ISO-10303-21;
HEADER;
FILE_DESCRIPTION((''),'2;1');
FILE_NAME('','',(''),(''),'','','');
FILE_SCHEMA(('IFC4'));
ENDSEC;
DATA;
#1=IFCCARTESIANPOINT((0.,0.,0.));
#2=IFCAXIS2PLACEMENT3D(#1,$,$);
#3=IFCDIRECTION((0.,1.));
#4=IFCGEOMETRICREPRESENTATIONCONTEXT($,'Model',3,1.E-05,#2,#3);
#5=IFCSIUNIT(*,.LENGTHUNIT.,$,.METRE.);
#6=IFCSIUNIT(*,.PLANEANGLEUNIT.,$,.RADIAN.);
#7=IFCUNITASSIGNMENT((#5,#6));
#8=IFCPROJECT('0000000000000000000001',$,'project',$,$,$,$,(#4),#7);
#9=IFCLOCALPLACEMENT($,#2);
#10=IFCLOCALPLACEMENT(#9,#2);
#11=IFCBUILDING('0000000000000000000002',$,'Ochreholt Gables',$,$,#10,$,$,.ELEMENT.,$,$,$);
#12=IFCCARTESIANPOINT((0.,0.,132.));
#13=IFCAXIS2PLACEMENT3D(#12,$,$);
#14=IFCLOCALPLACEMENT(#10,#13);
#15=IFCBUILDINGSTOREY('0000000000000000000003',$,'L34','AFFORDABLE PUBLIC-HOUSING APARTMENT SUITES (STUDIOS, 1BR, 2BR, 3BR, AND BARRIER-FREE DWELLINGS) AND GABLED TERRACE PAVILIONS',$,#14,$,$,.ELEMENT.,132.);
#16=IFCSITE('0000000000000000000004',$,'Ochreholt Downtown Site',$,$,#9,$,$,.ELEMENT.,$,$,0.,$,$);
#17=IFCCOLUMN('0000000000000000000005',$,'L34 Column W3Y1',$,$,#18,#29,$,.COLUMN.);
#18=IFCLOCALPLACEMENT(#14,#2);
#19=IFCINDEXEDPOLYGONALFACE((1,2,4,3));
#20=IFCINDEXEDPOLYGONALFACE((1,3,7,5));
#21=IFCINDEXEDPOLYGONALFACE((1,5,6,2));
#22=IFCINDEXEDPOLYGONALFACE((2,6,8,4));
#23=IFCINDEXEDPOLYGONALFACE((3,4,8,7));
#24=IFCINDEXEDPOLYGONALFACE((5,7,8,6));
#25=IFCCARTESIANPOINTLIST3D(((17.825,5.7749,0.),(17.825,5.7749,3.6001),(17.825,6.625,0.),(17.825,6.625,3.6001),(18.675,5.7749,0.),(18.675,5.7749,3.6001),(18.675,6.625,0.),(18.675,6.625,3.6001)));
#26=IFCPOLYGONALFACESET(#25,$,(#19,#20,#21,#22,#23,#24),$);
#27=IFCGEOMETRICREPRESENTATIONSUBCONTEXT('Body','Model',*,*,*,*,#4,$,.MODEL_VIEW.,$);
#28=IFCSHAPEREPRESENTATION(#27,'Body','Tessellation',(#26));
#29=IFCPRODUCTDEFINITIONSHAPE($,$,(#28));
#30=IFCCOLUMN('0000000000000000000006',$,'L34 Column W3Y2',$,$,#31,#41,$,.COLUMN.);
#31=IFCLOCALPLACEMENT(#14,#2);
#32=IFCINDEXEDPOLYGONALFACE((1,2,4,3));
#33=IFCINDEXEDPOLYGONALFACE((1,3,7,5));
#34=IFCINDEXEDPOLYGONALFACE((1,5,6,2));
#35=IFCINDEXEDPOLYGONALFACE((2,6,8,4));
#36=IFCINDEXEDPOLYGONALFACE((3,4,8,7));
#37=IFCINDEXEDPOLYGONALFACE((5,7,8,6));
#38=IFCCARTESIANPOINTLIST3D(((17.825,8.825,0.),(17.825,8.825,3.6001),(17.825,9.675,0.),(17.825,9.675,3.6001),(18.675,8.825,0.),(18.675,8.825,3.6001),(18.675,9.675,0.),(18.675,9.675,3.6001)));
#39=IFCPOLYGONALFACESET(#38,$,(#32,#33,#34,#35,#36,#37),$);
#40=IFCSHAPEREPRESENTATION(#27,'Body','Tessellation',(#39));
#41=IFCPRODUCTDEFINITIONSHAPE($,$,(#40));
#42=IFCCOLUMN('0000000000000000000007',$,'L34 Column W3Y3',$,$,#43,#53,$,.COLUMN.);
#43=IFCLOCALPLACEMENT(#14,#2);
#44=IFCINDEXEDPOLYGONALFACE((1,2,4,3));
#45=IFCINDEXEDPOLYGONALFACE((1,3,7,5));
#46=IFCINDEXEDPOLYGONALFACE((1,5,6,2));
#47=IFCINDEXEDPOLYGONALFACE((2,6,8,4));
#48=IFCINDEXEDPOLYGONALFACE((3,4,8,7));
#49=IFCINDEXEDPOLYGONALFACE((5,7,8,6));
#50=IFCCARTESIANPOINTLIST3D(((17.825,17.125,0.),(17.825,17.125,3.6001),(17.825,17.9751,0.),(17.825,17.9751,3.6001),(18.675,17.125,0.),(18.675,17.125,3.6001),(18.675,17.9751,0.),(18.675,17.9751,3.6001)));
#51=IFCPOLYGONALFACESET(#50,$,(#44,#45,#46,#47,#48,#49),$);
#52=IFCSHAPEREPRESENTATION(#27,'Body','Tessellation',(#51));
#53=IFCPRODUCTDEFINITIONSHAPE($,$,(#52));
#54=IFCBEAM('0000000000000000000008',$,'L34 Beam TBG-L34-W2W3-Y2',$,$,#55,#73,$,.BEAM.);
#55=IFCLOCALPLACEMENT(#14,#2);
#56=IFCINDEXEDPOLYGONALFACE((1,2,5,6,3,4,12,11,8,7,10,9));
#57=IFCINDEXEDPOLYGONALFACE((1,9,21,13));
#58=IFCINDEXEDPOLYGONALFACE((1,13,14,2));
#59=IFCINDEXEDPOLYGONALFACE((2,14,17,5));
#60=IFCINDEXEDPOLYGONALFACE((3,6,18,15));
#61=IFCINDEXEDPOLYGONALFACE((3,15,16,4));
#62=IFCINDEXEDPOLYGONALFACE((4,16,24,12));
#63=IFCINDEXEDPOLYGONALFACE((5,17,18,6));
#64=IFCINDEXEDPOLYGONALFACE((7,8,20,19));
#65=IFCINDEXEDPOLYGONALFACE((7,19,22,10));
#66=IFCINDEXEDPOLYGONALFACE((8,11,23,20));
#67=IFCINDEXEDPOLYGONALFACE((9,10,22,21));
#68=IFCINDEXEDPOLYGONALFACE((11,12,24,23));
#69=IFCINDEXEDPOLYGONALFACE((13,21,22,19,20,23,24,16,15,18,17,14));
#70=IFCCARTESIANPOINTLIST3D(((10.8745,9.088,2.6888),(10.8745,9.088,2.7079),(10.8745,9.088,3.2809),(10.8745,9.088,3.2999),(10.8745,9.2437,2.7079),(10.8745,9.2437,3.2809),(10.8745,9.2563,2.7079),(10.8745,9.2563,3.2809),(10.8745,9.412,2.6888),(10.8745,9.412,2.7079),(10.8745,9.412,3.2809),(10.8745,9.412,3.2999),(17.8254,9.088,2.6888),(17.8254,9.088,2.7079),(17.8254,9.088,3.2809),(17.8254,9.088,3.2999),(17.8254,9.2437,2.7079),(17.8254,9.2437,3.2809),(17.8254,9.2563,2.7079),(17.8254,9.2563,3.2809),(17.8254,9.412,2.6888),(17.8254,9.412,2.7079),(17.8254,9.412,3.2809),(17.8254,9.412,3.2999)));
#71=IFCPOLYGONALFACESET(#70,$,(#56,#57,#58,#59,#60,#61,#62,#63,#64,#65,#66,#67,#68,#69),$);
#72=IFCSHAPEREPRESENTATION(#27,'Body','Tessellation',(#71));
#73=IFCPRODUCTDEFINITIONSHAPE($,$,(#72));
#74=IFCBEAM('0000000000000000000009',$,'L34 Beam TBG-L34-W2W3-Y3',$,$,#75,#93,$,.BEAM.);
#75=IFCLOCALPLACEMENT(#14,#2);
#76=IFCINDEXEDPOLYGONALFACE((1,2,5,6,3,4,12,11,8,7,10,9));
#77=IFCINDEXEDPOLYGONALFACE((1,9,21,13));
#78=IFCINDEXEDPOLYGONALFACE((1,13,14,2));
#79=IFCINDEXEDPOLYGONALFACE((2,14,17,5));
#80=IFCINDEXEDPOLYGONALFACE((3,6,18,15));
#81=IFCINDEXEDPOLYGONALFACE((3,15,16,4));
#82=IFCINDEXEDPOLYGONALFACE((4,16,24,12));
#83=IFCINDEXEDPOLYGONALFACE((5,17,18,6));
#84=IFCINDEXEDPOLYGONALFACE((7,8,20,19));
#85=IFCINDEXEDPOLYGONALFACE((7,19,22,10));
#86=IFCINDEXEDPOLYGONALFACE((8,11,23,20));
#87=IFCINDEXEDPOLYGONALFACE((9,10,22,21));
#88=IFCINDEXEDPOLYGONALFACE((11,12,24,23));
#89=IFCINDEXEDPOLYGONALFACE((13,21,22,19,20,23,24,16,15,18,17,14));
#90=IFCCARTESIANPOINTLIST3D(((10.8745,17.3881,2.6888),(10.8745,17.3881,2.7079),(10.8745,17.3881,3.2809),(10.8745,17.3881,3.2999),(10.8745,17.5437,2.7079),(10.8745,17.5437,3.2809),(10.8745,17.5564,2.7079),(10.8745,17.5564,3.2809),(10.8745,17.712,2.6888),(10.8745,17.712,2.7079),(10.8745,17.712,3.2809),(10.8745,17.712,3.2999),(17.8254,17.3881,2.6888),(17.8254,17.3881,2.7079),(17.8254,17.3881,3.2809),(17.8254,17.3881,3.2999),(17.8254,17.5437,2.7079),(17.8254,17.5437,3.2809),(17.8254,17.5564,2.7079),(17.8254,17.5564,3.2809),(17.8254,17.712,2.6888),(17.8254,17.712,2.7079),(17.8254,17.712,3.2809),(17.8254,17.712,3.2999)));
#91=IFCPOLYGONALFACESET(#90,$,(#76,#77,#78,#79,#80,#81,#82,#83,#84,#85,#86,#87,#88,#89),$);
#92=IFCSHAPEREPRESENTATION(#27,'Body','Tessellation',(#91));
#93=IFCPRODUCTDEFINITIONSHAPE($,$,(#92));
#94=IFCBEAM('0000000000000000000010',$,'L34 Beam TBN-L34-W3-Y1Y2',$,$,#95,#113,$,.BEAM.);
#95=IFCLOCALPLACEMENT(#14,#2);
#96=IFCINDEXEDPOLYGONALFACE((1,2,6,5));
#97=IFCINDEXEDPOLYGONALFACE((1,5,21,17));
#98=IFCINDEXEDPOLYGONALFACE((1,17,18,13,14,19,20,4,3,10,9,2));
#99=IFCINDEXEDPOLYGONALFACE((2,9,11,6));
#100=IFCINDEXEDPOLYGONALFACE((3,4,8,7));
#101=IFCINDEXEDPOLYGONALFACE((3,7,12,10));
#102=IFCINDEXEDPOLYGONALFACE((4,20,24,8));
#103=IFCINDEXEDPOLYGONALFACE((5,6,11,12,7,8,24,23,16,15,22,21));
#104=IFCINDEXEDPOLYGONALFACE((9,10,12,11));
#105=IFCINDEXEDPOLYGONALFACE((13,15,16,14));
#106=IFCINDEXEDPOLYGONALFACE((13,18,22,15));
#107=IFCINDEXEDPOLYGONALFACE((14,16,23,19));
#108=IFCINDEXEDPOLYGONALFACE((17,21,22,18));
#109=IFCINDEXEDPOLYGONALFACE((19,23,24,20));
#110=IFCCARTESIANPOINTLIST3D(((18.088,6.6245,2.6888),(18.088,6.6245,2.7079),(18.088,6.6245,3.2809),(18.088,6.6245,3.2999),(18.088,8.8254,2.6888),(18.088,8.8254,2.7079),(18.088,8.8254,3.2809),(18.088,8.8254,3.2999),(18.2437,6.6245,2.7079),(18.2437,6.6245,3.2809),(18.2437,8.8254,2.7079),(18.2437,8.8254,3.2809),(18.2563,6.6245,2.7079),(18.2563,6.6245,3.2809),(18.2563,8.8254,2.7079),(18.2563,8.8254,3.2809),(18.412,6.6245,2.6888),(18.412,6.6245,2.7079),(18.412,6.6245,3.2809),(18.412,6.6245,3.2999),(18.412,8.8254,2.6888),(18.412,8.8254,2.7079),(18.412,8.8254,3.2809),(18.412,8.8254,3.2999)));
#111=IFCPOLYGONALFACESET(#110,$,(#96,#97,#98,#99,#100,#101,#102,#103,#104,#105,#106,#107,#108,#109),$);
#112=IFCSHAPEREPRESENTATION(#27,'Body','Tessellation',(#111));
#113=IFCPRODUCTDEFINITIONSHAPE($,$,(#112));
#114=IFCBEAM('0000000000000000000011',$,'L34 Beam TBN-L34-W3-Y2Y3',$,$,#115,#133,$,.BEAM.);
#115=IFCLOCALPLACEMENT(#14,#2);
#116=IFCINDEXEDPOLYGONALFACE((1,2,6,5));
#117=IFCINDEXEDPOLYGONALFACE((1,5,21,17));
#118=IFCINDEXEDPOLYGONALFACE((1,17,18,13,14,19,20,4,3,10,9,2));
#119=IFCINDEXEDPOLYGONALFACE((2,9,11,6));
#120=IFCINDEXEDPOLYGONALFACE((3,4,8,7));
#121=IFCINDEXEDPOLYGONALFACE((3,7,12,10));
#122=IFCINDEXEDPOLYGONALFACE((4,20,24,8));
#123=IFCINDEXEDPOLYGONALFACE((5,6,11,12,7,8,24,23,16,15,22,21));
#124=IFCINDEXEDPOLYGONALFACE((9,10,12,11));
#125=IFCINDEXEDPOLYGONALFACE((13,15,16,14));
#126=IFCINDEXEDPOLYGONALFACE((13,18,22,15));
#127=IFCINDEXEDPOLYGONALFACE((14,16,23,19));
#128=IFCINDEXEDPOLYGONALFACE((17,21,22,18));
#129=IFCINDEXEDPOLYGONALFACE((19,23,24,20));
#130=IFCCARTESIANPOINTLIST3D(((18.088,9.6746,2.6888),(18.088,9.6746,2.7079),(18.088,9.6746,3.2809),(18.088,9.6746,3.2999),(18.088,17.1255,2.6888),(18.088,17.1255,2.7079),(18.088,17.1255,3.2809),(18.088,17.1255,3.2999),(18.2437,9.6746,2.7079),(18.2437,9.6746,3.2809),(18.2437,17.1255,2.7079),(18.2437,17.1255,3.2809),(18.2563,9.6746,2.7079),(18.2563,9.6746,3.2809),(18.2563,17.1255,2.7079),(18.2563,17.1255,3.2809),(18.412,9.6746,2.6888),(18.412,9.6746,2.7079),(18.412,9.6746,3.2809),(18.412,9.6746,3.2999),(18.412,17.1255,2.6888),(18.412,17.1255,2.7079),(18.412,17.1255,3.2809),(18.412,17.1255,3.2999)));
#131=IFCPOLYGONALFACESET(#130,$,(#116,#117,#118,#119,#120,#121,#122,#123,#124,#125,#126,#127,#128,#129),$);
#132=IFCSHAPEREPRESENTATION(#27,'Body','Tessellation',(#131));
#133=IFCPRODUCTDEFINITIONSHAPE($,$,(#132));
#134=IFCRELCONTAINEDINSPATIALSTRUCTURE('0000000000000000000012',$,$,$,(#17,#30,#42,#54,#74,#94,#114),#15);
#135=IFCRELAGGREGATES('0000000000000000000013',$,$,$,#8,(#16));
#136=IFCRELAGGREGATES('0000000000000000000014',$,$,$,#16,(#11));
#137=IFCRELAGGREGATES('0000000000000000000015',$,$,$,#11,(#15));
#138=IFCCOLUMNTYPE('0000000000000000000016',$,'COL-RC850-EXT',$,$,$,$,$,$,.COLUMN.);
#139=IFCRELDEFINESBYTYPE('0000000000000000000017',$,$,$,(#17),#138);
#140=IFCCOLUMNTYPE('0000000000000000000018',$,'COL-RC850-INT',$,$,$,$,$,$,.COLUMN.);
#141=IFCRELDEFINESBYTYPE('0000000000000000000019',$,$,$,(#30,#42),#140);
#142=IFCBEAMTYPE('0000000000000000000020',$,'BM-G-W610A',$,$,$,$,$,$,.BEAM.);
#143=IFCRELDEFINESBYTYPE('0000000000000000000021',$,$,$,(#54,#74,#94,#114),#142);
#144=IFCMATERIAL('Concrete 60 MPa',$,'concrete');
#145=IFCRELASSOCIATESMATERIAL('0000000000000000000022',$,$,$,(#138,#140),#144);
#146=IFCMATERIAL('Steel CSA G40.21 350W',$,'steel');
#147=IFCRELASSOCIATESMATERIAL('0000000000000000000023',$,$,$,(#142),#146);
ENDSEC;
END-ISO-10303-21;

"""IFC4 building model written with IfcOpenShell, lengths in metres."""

from ifc_helpers import new_model, si_unit, direction, frame, origin, origin_2d, place, context, subcontext, project, spatial, rectangle, i_section, extrude, material, material_profile, profile_set, type_object, element, save


model = new_model("IFC4")

# Units and contexts
model_context = context("Model", 3, precision=1e-05, world=origin(), true_north=direction((0.0, 1.0)))
body_context = subcontext(model_context, "Body", "Model", "MODEL_VIEW")
ifc_project = project(units=[si_unit("LENGTHUNIT", "METRE"), si_unit("PLANEANGLEUNIT", "RADIAN")], contexts=[model_context])

# Site, building, storey
site_placement = place(None, origin())
site = spatial("IfcSite", under=ifc_project, at=site_placement, Name="Ochreholt Downtown Site", CompositionType="ELEMENT", RefElevation=0.0)
building_placement = place(site_placement, origin())
building = spatial("IfcBuilding", under=site, at=building_placement, Name="Ochreholt Gables", CompositionType="ELEMENT")
storey_placement = place(building_placement, frame((0.0, 0.0, 132.0)))
storey = spatial("IfcBuildingStorey", under=building, at=storey_placement, Name="L34", Description="AFFORDABLE PUBLIC-HOUSING APARTMENT SUITES (STUDIOS, 1BR, 2BR, 3BR, AND BARRIER-FREE DWELLINGS) AND GABLED TERRACE PAVILIONS", CompositionType="ELEMENT", Elevation=132.0)

# Columns
ifc_material_1 = material(Name="Concrete 60 MPa", Category="concrete")
ifc_material_profile_1 = material_profile(ifc_material_1, rectangle(XDim=0.8501, YDim=0.8501, at=origin_2d()), Name="RC850X850")
ifc_profile_set_1 = profile_set([ifc_material_profile_1], Name="Concrete 60 MPa")
column_type_1 = type_object("IfcColumnType", Name="COL-RC850-EXT", PredefinedType="COLUMN", material=ifc_profile_set_1)
column_placement = place(storey_placement, frame((18.25, 6.2, 0.0), z_axis=(0.0, 0.0, 1.0), x_axis=(1.0, 0.0, 0.0)))
element("IfcColumn", 1, at=column_placement, inside=storey, type_object=column_type_1, Name="L34 Column W3Y1", PredefinedType="COLUMN", context=body_context, shape_type="SweptSolid", body=[
    extrude(rectangle(XDim=0.8501, YDim=0.8501, at=origin_2d()), origin(), (0.0, 0.0, 1.0), 3.6001),
])
ifc_material_profile_2 = material_profile(ifc_material_1, rectangle(XDim=0.8501, YDim=0.8501, at=origin_2d()), Name="RC850X850")
ifc_profile_set_2 = profile_set([ifc_material_profile_2], Name="Concrete 60 MPa")
column_type_2 = type_object("IfcColumnType", Name="COL-RC850-INT", PredefinedType="COLUMN", material=ifc_profile_set_2)
for number, where, z_axis, x_axis, name in (
    (2, (18.25, 9.25, 0.0), (0.0, 0.0, 1.0), (1.0, 0.0, 0.0), "L34 Column W3Y2"),
    (3, (18.25, 17.55, 0.0), (0.0, 0.0, 1.0), (1.0, 0.0, 0.0), "L34 Column W3Y3"),
):
    element("IfcColumn", number, at=place(storey_placement, frame(where, z_axis=z_axis, x_axis=x_axis)), inside=storey, type_object=column_type_2, Name=name, PredefinedType="COLUMN", context=body_context, shape_type="SweptSolid", body=[
        extrude(rectangle(XDim=0.8501, YDim=0.8501, at=origin_2d()), origin(), (0.0, 0.0, 1.0), 3.6001),
    ])

# Beams
ifc_material_2 = material(Name="Steel CSA G40.21 350W", Category="steel")
ifc_material_profile_3 = material_profile(ifc_material_2, i_section(OverallWidth=0.324, OverallDepth=0.6111, WebThickness=0.0127, FlangeThickness=0.019, at=origin_2d()), Name="W610X155")
ifc_profile_set_3 = profile_set([ifc_material_profile_3], Name="Steel CSA G40.21 350W")
beam_type = type_object("IfcBeamType", Name="BM-G-W610A", PredefinedType="BEAM", material=ifc_profile_set_3)
for number, where, z_axis, x_axis, name in (
    (4, (10.8745, 9.25, 2.9944), (1.0, 0.0, 0.0), (0.0, 1.0, 0.0), "L34 Beam TBG-L34-W2W3-Y2"),
    (5, (10.8745, 17.55, 2.9944), (1.0, 0.0, 0.0), (0.0, 1.0, 0.0), "L34 Beam TBG-L34-W2W3-Y3"),
):
    element("IfcBeam", number, at=place(storey_placement, frame(where, z_axis=z_axis, x_axis=x_axis)), inside=storey, type_object=beam_type, Name=name, PredefinedType="BEAM", context=body_context, shape_type="SweptSolid", body=[
        extrude(i_section(OverallWidth=0.324, OverallDepth=0.6111, WebThickness=0.0127, FlangeThickness=0.019, at=origin_2d()), origin(), (0.0, 0.0, 1.0), 6.9509),
    ])
beam_1_placement = place(storey_placement, frame((18.25, 6.6245, 2.9944), z_axis=(0.0, 1.0, 0.0), x_axis=(-1.0, 0.0, 0.0)))
element("IfcBeam", 6, at=beam_1_placement, inside=storey, type_object=beam_type, Name="L34 Beam TBN-L34-W3-Y1Y2", PredefinedType="BEAM", context=body_context, shape_type="SweptSolid", body=[
    extrude(i_section(OverallWidth=0.324, OverallDepth=0.6111, WebThickness=0.0127, FlangeThickness=0.019, at=origin_2d()), origin(), (0.0, 0.0, 1.0), 2.2009),
])
beam_2_placement = place(storey_placement, frame((18.25, 9.6746, 2.9944), z_axis=(0.0, 1.0, 0.0), x_axis=(-1.0, 0.0, 0.0)))
element("IfcBeam", 7, at=beam_2_placement, inside=storey, type_object=beam_type, Name="L34 Beam TBN-L34-W3-Y2Y3", PredefinedType="BEAM", context=body_context, shape_type="SweptSolid", body=[
    extrude(i_section(OverallWidth=0.324, OverallDepth=0.6111, WebThickness=0.0127, FlangeThickness=0.019, at=origin_2d()), origin(), (0.0, 0.0, 1.0), 7.4509),
])

save(model, "model.ifc")
